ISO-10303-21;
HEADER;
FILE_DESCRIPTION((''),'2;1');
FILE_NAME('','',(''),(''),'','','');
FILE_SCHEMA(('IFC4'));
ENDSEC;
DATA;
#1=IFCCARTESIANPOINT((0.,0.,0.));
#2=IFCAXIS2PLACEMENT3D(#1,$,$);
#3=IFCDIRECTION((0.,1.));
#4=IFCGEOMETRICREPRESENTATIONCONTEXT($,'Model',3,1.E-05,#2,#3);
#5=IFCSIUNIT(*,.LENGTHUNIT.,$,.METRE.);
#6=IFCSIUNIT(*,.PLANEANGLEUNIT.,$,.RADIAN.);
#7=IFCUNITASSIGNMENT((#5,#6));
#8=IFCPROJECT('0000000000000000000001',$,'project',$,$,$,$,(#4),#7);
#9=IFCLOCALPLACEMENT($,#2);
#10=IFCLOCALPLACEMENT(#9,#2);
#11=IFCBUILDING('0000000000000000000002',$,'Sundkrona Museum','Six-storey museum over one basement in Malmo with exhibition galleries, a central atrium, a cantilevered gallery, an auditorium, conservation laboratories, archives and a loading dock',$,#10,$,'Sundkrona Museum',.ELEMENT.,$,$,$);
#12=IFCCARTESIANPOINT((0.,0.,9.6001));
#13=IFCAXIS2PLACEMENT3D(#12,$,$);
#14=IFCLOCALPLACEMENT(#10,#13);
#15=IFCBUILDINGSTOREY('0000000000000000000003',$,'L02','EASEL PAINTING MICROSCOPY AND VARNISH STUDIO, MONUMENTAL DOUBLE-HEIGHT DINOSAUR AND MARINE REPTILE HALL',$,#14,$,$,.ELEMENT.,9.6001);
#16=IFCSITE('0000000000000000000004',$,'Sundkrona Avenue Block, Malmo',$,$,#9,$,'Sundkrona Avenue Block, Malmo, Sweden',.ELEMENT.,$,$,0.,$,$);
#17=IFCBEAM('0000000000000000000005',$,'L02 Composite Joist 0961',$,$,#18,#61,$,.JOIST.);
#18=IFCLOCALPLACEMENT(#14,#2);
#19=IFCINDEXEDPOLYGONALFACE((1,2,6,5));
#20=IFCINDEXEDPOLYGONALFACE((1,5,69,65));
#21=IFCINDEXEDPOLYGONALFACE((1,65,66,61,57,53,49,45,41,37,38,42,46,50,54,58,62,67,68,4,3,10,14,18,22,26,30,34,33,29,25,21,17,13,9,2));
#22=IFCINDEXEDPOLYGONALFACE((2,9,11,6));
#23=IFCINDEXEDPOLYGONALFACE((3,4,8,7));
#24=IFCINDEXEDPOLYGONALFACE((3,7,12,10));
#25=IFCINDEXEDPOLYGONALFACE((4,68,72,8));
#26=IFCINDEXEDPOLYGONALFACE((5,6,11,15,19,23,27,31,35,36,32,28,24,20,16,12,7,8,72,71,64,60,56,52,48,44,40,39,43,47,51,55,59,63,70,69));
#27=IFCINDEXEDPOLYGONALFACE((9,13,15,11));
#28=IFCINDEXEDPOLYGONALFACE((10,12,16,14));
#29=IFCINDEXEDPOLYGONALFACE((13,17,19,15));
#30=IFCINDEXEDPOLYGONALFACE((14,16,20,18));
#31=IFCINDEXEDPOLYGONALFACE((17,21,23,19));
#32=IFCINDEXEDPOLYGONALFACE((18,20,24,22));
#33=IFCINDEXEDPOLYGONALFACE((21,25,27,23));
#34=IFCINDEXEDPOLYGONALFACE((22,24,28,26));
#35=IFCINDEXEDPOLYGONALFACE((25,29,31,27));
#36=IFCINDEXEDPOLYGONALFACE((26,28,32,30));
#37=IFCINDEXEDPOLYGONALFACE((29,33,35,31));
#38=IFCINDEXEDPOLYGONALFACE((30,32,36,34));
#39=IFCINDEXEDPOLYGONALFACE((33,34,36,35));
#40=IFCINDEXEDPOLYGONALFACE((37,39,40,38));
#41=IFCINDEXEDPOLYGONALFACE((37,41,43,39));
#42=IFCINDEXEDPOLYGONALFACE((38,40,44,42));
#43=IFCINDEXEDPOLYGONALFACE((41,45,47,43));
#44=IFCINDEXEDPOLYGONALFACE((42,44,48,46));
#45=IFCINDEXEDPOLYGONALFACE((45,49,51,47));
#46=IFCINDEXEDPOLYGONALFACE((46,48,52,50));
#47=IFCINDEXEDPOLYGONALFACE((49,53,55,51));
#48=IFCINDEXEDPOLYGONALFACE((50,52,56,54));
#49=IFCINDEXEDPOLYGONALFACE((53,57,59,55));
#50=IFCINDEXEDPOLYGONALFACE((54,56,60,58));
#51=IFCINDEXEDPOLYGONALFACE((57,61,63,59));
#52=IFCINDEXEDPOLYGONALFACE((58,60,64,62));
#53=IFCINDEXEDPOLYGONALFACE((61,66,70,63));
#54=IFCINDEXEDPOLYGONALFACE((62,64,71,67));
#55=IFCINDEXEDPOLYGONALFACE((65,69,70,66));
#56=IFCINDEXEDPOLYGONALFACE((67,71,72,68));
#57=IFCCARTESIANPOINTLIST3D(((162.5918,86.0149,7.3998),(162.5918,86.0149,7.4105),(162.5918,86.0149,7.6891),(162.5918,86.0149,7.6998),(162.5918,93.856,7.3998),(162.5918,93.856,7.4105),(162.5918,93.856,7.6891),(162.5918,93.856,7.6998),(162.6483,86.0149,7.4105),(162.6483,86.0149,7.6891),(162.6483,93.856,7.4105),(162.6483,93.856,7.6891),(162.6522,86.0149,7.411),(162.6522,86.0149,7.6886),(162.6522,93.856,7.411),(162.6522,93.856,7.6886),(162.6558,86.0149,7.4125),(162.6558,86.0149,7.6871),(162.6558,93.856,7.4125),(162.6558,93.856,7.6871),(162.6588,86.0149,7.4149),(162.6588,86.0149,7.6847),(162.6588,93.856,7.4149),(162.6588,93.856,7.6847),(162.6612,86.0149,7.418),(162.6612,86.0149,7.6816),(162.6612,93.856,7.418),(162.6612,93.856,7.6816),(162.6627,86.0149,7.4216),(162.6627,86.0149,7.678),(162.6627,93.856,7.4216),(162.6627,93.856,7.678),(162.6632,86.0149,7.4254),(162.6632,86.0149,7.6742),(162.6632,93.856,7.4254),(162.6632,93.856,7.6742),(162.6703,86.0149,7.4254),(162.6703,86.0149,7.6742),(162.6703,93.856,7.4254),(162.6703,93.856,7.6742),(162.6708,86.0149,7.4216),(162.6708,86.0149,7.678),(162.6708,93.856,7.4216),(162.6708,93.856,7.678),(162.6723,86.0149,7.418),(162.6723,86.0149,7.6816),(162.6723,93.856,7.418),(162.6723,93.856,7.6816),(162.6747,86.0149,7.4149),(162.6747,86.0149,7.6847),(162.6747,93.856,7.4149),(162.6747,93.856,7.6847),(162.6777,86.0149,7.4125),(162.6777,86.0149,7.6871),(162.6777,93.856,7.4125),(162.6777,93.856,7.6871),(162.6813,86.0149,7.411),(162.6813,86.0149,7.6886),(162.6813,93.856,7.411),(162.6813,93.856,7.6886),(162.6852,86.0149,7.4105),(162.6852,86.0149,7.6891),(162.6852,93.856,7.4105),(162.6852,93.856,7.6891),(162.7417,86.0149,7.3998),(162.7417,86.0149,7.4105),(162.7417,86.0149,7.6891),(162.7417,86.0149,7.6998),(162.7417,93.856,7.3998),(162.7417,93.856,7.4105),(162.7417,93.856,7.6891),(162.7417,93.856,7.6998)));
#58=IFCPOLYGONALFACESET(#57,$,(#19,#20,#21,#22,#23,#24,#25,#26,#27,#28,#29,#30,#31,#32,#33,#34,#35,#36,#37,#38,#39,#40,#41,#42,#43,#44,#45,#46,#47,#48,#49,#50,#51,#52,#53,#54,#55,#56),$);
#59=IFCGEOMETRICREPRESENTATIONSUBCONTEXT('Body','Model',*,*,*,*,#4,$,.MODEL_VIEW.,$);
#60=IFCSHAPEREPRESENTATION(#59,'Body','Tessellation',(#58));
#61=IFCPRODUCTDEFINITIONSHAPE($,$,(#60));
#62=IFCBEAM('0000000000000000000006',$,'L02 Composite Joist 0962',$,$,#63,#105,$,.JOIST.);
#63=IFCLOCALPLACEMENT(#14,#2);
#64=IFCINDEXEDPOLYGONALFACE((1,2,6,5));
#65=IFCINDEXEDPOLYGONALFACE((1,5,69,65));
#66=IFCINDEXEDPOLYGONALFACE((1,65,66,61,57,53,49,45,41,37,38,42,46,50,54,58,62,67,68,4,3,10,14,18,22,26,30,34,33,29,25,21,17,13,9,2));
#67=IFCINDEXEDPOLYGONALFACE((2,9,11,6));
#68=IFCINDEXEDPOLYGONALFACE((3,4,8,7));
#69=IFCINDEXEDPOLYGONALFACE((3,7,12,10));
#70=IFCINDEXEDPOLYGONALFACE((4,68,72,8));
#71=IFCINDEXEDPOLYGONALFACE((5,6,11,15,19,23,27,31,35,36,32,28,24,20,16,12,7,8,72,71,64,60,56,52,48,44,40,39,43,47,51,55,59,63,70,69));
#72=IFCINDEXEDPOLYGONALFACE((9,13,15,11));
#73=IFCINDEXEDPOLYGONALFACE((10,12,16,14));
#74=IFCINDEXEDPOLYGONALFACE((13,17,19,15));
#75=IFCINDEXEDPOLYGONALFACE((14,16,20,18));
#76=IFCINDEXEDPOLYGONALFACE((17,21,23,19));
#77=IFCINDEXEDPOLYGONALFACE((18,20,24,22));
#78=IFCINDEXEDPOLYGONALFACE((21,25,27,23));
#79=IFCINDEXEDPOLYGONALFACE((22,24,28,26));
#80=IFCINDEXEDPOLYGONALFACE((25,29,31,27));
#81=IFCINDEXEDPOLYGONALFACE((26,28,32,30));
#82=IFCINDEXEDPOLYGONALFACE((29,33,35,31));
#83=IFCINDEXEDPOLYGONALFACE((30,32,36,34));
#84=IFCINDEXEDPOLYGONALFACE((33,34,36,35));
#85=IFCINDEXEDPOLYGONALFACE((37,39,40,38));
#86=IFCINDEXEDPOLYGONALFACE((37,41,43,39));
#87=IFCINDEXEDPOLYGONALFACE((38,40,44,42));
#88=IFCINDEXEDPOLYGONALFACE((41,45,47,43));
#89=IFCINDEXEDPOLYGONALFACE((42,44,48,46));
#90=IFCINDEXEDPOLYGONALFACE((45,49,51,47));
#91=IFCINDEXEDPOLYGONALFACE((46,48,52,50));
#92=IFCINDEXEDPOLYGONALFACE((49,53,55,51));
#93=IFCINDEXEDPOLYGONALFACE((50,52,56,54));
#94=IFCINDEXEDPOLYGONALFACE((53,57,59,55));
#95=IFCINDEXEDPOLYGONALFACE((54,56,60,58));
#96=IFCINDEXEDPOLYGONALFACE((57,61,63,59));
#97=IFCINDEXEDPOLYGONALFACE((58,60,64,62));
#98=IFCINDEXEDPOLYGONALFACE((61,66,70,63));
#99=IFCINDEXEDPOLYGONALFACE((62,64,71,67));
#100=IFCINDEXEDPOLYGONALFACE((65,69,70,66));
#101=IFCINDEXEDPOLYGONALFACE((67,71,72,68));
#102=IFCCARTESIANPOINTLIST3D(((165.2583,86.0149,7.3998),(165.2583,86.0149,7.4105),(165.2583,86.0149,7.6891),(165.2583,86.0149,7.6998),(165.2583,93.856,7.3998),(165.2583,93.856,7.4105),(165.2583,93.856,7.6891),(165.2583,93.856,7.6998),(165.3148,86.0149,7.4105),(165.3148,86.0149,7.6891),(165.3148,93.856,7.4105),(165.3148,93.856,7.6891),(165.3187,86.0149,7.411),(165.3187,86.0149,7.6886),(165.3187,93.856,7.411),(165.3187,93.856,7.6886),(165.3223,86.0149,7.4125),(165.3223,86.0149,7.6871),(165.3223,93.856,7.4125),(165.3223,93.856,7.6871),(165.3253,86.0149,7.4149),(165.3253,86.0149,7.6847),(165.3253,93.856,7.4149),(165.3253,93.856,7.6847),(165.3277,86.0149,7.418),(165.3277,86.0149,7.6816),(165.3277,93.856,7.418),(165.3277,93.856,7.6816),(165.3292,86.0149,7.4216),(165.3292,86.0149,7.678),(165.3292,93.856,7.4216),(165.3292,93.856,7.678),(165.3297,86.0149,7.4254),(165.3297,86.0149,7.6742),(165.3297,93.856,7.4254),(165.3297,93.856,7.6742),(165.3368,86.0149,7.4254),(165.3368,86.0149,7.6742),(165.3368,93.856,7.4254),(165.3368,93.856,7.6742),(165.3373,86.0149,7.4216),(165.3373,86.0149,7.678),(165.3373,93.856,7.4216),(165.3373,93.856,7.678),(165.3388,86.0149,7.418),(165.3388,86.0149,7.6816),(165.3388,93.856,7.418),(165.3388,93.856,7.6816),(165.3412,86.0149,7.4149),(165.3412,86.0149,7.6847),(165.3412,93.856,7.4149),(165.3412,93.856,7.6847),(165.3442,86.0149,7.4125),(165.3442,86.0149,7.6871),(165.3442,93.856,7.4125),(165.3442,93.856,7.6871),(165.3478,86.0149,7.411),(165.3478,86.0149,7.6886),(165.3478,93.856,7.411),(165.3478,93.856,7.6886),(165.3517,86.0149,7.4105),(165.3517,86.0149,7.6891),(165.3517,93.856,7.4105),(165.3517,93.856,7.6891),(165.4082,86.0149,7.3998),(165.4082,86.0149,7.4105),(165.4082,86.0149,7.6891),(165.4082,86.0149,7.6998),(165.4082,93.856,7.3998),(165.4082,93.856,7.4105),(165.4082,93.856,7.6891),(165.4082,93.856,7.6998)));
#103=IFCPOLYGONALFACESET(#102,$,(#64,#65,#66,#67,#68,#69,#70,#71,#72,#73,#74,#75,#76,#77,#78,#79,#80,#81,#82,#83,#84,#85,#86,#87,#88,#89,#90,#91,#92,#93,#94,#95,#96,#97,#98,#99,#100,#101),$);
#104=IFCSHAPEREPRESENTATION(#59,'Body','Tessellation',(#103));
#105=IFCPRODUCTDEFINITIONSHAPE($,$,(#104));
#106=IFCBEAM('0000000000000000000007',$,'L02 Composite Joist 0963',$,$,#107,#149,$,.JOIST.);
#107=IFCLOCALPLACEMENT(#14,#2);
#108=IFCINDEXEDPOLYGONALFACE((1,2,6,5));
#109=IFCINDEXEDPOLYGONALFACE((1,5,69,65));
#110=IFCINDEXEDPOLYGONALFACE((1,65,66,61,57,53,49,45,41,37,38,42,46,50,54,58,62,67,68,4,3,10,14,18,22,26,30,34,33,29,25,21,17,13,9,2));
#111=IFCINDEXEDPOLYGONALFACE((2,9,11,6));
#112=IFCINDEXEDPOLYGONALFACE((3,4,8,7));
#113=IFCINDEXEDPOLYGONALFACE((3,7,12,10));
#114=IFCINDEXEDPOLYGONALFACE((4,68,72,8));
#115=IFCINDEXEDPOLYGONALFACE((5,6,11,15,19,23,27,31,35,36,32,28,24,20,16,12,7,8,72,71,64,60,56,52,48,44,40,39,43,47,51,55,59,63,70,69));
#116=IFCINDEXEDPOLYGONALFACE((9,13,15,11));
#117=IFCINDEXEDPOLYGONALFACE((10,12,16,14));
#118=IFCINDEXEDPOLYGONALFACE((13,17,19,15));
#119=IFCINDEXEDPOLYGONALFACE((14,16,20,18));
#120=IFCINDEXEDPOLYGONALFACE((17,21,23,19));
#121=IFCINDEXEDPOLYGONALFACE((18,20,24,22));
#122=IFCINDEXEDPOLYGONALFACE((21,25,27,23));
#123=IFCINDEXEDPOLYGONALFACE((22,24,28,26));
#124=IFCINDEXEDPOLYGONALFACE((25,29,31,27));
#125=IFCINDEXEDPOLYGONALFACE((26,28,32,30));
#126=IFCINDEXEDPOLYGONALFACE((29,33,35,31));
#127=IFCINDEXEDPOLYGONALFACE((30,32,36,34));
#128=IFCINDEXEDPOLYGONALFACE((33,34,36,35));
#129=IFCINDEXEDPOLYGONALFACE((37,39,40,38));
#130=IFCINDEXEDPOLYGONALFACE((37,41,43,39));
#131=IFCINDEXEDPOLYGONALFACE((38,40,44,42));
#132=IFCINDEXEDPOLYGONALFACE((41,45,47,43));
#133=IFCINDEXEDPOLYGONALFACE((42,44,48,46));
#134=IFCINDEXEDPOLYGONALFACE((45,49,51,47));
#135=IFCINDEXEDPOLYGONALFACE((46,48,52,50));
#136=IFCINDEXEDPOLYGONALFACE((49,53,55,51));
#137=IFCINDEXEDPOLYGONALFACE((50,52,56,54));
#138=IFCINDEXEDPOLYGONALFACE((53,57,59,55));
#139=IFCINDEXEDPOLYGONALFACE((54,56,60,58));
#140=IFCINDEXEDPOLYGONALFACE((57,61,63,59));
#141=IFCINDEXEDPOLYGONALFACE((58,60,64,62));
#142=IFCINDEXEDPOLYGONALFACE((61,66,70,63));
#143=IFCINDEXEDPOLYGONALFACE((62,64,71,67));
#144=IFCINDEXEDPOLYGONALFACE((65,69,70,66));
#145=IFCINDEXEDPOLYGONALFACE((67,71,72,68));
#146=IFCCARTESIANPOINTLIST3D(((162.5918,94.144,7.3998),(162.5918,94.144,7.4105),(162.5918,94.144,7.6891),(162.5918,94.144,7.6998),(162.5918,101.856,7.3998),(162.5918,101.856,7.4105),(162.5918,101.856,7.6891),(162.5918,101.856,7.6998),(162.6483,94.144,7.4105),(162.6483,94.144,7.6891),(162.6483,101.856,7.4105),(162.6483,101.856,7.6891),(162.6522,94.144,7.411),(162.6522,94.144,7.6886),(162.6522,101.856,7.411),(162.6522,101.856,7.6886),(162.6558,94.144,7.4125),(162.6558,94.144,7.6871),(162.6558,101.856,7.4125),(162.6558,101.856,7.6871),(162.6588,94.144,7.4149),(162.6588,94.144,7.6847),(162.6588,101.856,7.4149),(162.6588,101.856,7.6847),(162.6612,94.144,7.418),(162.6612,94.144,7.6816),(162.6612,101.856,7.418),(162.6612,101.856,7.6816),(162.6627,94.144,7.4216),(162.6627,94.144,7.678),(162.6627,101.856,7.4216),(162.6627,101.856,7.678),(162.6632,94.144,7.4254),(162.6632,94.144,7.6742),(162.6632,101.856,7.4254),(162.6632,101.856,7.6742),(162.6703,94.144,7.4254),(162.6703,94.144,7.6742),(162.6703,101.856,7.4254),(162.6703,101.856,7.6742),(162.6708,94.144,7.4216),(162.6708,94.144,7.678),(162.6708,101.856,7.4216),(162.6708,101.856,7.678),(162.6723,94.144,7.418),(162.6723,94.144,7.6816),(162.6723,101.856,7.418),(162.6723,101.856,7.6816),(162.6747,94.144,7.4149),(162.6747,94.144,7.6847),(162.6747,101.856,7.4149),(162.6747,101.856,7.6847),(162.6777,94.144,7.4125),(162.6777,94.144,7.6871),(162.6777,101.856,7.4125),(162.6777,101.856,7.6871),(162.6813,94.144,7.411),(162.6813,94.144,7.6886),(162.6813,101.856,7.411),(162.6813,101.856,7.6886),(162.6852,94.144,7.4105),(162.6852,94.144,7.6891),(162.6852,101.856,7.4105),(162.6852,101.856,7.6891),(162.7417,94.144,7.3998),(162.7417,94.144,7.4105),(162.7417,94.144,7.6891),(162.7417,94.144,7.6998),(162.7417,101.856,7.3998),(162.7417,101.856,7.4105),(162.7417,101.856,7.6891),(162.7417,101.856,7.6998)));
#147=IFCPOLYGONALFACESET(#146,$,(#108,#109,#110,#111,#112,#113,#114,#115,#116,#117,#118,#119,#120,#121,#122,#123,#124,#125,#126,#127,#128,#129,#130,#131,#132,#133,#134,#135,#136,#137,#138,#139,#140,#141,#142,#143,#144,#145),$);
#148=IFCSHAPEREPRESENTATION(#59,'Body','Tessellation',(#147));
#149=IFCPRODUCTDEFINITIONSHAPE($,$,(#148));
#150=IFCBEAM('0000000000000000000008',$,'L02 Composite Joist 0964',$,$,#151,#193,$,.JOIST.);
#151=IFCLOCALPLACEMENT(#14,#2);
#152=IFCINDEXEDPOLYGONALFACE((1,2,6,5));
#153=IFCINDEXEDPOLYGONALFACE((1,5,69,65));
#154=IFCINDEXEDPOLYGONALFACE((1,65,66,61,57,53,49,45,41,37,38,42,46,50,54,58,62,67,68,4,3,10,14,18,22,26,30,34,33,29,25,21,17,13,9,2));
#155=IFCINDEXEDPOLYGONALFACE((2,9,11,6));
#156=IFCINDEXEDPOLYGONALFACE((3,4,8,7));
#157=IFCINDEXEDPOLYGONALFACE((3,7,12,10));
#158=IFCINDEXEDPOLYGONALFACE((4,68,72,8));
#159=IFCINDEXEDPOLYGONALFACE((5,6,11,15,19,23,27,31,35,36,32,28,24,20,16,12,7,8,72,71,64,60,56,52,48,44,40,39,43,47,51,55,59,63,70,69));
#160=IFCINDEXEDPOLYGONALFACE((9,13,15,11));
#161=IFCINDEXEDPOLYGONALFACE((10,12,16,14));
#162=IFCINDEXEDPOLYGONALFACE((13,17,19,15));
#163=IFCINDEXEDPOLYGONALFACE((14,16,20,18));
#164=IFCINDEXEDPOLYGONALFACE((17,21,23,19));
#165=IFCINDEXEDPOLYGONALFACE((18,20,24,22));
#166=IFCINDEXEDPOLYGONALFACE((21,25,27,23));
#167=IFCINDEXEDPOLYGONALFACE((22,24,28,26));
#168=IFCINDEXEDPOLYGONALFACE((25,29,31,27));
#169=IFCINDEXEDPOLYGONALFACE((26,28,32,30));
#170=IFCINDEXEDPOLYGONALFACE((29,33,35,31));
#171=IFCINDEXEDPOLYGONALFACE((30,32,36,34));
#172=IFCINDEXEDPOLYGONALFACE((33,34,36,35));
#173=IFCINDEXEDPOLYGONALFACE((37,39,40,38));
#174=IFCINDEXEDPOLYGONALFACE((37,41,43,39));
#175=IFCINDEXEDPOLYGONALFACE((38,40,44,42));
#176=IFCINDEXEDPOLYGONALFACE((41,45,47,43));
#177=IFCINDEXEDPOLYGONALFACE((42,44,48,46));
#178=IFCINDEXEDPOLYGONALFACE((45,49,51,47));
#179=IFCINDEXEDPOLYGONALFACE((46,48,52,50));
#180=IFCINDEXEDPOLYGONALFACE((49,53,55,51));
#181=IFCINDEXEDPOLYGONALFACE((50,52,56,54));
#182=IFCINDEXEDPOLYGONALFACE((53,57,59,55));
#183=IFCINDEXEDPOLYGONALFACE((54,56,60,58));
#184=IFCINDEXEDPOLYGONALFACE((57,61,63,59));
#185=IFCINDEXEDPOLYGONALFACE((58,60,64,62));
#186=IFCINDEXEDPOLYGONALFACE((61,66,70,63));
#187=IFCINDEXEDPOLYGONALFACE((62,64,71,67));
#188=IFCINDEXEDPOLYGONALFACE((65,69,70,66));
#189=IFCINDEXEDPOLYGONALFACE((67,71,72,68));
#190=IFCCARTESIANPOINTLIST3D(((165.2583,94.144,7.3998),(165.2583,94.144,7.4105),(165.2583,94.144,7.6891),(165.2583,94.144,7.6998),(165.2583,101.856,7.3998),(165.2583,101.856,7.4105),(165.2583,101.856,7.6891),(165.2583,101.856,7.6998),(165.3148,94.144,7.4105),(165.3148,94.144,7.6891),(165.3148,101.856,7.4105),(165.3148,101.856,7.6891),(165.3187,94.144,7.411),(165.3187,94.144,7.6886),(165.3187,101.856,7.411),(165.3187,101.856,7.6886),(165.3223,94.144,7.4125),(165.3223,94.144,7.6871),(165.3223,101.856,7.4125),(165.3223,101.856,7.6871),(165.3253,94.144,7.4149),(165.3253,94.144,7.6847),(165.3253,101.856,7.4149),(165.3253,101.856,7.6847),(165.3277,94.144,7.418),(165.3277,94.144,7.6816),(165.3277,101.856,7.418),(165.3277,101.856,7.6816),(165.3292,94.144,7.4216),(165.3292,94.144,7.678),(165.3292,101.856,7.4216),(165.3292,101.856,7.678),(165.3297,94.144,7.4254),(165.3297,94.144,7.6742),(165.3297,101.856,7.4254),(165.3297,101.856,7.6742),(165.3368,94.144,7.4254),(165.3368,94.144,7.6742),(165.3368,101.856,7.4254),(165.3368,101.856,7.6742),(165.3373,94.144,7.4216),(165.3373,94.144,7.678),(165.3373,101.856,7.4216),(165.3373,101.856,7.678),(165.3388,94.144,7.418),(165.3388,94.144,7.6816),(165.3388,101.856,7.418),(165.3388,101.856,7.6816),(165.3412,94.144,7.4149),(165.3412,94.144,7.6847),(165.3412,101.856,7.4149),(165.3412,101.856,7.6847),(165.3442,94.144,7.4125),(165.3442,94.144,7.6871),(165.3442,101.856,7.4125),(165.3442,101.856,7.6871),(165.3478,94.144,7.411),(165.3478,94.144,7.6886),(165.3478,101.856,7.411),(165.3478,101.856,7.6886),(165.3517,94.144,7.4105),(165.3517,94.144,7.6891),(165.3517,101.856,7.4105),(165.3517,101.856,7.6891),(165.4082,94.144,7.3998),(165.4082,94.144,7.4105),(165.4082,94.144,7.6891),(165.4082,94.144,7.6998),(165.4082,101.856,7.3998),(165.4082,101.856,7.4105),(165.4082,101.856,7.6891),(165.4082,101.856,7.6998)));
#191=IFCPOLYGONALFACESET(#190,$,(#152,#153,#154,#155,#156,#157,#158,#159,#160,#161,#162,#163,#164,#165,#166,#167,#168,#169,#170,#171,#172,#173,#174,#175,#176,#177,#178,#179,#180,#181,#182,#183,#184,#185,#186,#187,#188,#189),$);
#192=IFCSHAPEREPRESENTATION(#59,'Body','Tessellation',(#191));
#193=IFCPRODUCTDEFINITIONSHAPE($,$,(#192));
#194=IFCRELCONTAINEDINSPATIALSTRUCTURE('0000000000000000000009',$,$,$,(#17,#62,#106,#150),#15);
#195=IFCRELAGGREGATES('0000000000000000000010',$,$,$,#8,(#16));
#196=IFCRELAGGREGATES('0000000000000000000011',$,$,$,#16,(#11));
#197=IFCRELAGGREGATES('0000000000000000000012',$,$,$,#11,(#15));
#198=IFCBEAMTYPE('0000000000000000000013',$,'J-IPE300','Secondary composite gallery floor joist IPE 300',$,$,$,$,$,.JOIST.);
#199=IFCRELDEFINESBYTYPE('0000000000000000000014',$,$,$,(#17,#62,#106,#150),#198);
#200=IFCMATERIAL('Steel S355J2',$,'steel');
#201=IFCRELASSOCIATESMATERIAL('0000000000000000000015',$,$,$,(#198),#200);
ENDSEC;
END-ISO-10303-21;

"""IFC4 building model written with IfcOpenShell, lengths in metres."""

from ifc_helpers import new_model, si_unit, direction, frame, origin, origin_2d, place, context, subcontext, project, spatial, i_section, extrude, material, material_profile, profile_set, type_object, element, save


model = new_model("IFC4")

# Units and contexts
model_context = context("Model", 3, precision=1e-05, world=origin(), true_north=direction((0.0, 1.0)))
body_context = subcontext(model_context, "Body", "Model", "MODEL_VIEW")
ifc_project = project(units=[si_unit("LENGTHUNIT", "METRE"), si_unit("PLANEANGLEUNIT", "RADIAN")], contexts=[model_context])

# Site, building, storey
site_placement = place(None, origin())
site = spatial("IfcSite", under=ifc_project, at=site_placement, Name="Sundkrona Avenue Block, Malmo", LongName="Sundkrona Avenue Block, Malmo, Sweden", CompositionType="ELEMENT", RefElevation=0.0)
building_placement = place(site_placement, origin())
building = spatial("IfcBuilding", under=site, at=building_placement, Name="Sundkrona Museum", Description="Six-storey museum over one basement in Malmo with exhibition galleries, a central atrium, a cantilevered gallery, an auditorium, conservation laboratories, archives and a loading dock", LongName="Sundkrona Museum", CompositionType="ELEMENT")
storey_placement = place(building_placement, frame((0.0, 0.0, 9.6001)))
storey = spatial("IfcBuildingStorey", under=building, at=storey_placement, Name="L02", Description="EASEL PAINTING MICROSCOPY AND VARNISH STUDIO, MONUMENTAL DOUBLE-HEIGHT DINOSAUR AND MARINE REPTILE HALL", CompositionType="ELEMENT", Elevation=9.6001)

# Shared definitions
ifc_material_1 = material(Name="Steel S355J2", Category="steel")

# Beams
ifc_material_profile_1 = material_profile(ifc_material_1, i_section(OverallWidth=0.1499, OverallDepth=0.3, WebThickness=0.0071, FlangeThickness=0.0107, FilletRadius=0.0149, at=origin_2d()), Name="IPE 300")
ifc_profile_set_1 = profile_set([ifc_material_profile_1], Name="Steel S355J2")
beam_type_1 = type_object("IfcBeamType", Name="J-IPE300", Description="Secondary composite gallery floor joist IPE 300", PredefinedType="JOIST", material=ifc_profile_set_1)
for number, where, z_axis, x_axis, name in (
    (1, (162.6667, 86.0149, 7.5498), (0.0, 1.0, 0.0), (-1.0, 0.0, 0.0), "L02 Composite Joist 0961"),
    (2, (165.3333, 86.0149, 7.5498), (0.0, 1.0, 0.0), (-1.0, 0.0, 0.0), "L02 Composite Joist 0962"),
):
    element("IfcBeam", number, at=place(storey_placement, frame(where, z_axis=z_axis, x_axis=x_axis)), inside=storey, type_object=beam_type_1, Name=name, PredefinedType="JOIST", context=body_context, shape_type="SweptSolid", body=[
        extrude(i_section(OverallWidth=0.1499, OverallDepth=0.3, WebThickness=0.0071, FlangeThickness=0.0107, FilletRadius=0.0149, at=origin_2d()), origin(), (0.0, 0.0, 1.0), 7.8411),
    ])
for number, where, z_axis, x_axis, name in (
    (3, (162.6667, 94.144, 7.5498), (0.0, 1.0, 0.0), (-1.0, 0.0, 0.0), "L02 Composite Joist 0963"),
    (4, (165.3333, 94.144, 7.5498), (0.0, 1.0, 0.0), (-1.0, 0.0, 0.0), "L02 Composite Joist 0964"),
):
    element("IfcBeam", number, at=place(storey_placement, frame(where, z_axis=z_axis, x_axis=x_axis)), inside=storey, type_object=beam_type_1, Name=name, PredefinedType="JOIST", context=body_context, shape_type="SweptSolid", body=[
        extrude(i_section(OverallWidth=0.1499, OverallDepth=0.3, WebThickness=0.0071, FlangeThickness=0.0107, FilletRadius=0.0149, at=origin_2d()), origin(), (0.0, 0.0, 1.0), 7.7119),
    ])

save(model, "model.ifc")
